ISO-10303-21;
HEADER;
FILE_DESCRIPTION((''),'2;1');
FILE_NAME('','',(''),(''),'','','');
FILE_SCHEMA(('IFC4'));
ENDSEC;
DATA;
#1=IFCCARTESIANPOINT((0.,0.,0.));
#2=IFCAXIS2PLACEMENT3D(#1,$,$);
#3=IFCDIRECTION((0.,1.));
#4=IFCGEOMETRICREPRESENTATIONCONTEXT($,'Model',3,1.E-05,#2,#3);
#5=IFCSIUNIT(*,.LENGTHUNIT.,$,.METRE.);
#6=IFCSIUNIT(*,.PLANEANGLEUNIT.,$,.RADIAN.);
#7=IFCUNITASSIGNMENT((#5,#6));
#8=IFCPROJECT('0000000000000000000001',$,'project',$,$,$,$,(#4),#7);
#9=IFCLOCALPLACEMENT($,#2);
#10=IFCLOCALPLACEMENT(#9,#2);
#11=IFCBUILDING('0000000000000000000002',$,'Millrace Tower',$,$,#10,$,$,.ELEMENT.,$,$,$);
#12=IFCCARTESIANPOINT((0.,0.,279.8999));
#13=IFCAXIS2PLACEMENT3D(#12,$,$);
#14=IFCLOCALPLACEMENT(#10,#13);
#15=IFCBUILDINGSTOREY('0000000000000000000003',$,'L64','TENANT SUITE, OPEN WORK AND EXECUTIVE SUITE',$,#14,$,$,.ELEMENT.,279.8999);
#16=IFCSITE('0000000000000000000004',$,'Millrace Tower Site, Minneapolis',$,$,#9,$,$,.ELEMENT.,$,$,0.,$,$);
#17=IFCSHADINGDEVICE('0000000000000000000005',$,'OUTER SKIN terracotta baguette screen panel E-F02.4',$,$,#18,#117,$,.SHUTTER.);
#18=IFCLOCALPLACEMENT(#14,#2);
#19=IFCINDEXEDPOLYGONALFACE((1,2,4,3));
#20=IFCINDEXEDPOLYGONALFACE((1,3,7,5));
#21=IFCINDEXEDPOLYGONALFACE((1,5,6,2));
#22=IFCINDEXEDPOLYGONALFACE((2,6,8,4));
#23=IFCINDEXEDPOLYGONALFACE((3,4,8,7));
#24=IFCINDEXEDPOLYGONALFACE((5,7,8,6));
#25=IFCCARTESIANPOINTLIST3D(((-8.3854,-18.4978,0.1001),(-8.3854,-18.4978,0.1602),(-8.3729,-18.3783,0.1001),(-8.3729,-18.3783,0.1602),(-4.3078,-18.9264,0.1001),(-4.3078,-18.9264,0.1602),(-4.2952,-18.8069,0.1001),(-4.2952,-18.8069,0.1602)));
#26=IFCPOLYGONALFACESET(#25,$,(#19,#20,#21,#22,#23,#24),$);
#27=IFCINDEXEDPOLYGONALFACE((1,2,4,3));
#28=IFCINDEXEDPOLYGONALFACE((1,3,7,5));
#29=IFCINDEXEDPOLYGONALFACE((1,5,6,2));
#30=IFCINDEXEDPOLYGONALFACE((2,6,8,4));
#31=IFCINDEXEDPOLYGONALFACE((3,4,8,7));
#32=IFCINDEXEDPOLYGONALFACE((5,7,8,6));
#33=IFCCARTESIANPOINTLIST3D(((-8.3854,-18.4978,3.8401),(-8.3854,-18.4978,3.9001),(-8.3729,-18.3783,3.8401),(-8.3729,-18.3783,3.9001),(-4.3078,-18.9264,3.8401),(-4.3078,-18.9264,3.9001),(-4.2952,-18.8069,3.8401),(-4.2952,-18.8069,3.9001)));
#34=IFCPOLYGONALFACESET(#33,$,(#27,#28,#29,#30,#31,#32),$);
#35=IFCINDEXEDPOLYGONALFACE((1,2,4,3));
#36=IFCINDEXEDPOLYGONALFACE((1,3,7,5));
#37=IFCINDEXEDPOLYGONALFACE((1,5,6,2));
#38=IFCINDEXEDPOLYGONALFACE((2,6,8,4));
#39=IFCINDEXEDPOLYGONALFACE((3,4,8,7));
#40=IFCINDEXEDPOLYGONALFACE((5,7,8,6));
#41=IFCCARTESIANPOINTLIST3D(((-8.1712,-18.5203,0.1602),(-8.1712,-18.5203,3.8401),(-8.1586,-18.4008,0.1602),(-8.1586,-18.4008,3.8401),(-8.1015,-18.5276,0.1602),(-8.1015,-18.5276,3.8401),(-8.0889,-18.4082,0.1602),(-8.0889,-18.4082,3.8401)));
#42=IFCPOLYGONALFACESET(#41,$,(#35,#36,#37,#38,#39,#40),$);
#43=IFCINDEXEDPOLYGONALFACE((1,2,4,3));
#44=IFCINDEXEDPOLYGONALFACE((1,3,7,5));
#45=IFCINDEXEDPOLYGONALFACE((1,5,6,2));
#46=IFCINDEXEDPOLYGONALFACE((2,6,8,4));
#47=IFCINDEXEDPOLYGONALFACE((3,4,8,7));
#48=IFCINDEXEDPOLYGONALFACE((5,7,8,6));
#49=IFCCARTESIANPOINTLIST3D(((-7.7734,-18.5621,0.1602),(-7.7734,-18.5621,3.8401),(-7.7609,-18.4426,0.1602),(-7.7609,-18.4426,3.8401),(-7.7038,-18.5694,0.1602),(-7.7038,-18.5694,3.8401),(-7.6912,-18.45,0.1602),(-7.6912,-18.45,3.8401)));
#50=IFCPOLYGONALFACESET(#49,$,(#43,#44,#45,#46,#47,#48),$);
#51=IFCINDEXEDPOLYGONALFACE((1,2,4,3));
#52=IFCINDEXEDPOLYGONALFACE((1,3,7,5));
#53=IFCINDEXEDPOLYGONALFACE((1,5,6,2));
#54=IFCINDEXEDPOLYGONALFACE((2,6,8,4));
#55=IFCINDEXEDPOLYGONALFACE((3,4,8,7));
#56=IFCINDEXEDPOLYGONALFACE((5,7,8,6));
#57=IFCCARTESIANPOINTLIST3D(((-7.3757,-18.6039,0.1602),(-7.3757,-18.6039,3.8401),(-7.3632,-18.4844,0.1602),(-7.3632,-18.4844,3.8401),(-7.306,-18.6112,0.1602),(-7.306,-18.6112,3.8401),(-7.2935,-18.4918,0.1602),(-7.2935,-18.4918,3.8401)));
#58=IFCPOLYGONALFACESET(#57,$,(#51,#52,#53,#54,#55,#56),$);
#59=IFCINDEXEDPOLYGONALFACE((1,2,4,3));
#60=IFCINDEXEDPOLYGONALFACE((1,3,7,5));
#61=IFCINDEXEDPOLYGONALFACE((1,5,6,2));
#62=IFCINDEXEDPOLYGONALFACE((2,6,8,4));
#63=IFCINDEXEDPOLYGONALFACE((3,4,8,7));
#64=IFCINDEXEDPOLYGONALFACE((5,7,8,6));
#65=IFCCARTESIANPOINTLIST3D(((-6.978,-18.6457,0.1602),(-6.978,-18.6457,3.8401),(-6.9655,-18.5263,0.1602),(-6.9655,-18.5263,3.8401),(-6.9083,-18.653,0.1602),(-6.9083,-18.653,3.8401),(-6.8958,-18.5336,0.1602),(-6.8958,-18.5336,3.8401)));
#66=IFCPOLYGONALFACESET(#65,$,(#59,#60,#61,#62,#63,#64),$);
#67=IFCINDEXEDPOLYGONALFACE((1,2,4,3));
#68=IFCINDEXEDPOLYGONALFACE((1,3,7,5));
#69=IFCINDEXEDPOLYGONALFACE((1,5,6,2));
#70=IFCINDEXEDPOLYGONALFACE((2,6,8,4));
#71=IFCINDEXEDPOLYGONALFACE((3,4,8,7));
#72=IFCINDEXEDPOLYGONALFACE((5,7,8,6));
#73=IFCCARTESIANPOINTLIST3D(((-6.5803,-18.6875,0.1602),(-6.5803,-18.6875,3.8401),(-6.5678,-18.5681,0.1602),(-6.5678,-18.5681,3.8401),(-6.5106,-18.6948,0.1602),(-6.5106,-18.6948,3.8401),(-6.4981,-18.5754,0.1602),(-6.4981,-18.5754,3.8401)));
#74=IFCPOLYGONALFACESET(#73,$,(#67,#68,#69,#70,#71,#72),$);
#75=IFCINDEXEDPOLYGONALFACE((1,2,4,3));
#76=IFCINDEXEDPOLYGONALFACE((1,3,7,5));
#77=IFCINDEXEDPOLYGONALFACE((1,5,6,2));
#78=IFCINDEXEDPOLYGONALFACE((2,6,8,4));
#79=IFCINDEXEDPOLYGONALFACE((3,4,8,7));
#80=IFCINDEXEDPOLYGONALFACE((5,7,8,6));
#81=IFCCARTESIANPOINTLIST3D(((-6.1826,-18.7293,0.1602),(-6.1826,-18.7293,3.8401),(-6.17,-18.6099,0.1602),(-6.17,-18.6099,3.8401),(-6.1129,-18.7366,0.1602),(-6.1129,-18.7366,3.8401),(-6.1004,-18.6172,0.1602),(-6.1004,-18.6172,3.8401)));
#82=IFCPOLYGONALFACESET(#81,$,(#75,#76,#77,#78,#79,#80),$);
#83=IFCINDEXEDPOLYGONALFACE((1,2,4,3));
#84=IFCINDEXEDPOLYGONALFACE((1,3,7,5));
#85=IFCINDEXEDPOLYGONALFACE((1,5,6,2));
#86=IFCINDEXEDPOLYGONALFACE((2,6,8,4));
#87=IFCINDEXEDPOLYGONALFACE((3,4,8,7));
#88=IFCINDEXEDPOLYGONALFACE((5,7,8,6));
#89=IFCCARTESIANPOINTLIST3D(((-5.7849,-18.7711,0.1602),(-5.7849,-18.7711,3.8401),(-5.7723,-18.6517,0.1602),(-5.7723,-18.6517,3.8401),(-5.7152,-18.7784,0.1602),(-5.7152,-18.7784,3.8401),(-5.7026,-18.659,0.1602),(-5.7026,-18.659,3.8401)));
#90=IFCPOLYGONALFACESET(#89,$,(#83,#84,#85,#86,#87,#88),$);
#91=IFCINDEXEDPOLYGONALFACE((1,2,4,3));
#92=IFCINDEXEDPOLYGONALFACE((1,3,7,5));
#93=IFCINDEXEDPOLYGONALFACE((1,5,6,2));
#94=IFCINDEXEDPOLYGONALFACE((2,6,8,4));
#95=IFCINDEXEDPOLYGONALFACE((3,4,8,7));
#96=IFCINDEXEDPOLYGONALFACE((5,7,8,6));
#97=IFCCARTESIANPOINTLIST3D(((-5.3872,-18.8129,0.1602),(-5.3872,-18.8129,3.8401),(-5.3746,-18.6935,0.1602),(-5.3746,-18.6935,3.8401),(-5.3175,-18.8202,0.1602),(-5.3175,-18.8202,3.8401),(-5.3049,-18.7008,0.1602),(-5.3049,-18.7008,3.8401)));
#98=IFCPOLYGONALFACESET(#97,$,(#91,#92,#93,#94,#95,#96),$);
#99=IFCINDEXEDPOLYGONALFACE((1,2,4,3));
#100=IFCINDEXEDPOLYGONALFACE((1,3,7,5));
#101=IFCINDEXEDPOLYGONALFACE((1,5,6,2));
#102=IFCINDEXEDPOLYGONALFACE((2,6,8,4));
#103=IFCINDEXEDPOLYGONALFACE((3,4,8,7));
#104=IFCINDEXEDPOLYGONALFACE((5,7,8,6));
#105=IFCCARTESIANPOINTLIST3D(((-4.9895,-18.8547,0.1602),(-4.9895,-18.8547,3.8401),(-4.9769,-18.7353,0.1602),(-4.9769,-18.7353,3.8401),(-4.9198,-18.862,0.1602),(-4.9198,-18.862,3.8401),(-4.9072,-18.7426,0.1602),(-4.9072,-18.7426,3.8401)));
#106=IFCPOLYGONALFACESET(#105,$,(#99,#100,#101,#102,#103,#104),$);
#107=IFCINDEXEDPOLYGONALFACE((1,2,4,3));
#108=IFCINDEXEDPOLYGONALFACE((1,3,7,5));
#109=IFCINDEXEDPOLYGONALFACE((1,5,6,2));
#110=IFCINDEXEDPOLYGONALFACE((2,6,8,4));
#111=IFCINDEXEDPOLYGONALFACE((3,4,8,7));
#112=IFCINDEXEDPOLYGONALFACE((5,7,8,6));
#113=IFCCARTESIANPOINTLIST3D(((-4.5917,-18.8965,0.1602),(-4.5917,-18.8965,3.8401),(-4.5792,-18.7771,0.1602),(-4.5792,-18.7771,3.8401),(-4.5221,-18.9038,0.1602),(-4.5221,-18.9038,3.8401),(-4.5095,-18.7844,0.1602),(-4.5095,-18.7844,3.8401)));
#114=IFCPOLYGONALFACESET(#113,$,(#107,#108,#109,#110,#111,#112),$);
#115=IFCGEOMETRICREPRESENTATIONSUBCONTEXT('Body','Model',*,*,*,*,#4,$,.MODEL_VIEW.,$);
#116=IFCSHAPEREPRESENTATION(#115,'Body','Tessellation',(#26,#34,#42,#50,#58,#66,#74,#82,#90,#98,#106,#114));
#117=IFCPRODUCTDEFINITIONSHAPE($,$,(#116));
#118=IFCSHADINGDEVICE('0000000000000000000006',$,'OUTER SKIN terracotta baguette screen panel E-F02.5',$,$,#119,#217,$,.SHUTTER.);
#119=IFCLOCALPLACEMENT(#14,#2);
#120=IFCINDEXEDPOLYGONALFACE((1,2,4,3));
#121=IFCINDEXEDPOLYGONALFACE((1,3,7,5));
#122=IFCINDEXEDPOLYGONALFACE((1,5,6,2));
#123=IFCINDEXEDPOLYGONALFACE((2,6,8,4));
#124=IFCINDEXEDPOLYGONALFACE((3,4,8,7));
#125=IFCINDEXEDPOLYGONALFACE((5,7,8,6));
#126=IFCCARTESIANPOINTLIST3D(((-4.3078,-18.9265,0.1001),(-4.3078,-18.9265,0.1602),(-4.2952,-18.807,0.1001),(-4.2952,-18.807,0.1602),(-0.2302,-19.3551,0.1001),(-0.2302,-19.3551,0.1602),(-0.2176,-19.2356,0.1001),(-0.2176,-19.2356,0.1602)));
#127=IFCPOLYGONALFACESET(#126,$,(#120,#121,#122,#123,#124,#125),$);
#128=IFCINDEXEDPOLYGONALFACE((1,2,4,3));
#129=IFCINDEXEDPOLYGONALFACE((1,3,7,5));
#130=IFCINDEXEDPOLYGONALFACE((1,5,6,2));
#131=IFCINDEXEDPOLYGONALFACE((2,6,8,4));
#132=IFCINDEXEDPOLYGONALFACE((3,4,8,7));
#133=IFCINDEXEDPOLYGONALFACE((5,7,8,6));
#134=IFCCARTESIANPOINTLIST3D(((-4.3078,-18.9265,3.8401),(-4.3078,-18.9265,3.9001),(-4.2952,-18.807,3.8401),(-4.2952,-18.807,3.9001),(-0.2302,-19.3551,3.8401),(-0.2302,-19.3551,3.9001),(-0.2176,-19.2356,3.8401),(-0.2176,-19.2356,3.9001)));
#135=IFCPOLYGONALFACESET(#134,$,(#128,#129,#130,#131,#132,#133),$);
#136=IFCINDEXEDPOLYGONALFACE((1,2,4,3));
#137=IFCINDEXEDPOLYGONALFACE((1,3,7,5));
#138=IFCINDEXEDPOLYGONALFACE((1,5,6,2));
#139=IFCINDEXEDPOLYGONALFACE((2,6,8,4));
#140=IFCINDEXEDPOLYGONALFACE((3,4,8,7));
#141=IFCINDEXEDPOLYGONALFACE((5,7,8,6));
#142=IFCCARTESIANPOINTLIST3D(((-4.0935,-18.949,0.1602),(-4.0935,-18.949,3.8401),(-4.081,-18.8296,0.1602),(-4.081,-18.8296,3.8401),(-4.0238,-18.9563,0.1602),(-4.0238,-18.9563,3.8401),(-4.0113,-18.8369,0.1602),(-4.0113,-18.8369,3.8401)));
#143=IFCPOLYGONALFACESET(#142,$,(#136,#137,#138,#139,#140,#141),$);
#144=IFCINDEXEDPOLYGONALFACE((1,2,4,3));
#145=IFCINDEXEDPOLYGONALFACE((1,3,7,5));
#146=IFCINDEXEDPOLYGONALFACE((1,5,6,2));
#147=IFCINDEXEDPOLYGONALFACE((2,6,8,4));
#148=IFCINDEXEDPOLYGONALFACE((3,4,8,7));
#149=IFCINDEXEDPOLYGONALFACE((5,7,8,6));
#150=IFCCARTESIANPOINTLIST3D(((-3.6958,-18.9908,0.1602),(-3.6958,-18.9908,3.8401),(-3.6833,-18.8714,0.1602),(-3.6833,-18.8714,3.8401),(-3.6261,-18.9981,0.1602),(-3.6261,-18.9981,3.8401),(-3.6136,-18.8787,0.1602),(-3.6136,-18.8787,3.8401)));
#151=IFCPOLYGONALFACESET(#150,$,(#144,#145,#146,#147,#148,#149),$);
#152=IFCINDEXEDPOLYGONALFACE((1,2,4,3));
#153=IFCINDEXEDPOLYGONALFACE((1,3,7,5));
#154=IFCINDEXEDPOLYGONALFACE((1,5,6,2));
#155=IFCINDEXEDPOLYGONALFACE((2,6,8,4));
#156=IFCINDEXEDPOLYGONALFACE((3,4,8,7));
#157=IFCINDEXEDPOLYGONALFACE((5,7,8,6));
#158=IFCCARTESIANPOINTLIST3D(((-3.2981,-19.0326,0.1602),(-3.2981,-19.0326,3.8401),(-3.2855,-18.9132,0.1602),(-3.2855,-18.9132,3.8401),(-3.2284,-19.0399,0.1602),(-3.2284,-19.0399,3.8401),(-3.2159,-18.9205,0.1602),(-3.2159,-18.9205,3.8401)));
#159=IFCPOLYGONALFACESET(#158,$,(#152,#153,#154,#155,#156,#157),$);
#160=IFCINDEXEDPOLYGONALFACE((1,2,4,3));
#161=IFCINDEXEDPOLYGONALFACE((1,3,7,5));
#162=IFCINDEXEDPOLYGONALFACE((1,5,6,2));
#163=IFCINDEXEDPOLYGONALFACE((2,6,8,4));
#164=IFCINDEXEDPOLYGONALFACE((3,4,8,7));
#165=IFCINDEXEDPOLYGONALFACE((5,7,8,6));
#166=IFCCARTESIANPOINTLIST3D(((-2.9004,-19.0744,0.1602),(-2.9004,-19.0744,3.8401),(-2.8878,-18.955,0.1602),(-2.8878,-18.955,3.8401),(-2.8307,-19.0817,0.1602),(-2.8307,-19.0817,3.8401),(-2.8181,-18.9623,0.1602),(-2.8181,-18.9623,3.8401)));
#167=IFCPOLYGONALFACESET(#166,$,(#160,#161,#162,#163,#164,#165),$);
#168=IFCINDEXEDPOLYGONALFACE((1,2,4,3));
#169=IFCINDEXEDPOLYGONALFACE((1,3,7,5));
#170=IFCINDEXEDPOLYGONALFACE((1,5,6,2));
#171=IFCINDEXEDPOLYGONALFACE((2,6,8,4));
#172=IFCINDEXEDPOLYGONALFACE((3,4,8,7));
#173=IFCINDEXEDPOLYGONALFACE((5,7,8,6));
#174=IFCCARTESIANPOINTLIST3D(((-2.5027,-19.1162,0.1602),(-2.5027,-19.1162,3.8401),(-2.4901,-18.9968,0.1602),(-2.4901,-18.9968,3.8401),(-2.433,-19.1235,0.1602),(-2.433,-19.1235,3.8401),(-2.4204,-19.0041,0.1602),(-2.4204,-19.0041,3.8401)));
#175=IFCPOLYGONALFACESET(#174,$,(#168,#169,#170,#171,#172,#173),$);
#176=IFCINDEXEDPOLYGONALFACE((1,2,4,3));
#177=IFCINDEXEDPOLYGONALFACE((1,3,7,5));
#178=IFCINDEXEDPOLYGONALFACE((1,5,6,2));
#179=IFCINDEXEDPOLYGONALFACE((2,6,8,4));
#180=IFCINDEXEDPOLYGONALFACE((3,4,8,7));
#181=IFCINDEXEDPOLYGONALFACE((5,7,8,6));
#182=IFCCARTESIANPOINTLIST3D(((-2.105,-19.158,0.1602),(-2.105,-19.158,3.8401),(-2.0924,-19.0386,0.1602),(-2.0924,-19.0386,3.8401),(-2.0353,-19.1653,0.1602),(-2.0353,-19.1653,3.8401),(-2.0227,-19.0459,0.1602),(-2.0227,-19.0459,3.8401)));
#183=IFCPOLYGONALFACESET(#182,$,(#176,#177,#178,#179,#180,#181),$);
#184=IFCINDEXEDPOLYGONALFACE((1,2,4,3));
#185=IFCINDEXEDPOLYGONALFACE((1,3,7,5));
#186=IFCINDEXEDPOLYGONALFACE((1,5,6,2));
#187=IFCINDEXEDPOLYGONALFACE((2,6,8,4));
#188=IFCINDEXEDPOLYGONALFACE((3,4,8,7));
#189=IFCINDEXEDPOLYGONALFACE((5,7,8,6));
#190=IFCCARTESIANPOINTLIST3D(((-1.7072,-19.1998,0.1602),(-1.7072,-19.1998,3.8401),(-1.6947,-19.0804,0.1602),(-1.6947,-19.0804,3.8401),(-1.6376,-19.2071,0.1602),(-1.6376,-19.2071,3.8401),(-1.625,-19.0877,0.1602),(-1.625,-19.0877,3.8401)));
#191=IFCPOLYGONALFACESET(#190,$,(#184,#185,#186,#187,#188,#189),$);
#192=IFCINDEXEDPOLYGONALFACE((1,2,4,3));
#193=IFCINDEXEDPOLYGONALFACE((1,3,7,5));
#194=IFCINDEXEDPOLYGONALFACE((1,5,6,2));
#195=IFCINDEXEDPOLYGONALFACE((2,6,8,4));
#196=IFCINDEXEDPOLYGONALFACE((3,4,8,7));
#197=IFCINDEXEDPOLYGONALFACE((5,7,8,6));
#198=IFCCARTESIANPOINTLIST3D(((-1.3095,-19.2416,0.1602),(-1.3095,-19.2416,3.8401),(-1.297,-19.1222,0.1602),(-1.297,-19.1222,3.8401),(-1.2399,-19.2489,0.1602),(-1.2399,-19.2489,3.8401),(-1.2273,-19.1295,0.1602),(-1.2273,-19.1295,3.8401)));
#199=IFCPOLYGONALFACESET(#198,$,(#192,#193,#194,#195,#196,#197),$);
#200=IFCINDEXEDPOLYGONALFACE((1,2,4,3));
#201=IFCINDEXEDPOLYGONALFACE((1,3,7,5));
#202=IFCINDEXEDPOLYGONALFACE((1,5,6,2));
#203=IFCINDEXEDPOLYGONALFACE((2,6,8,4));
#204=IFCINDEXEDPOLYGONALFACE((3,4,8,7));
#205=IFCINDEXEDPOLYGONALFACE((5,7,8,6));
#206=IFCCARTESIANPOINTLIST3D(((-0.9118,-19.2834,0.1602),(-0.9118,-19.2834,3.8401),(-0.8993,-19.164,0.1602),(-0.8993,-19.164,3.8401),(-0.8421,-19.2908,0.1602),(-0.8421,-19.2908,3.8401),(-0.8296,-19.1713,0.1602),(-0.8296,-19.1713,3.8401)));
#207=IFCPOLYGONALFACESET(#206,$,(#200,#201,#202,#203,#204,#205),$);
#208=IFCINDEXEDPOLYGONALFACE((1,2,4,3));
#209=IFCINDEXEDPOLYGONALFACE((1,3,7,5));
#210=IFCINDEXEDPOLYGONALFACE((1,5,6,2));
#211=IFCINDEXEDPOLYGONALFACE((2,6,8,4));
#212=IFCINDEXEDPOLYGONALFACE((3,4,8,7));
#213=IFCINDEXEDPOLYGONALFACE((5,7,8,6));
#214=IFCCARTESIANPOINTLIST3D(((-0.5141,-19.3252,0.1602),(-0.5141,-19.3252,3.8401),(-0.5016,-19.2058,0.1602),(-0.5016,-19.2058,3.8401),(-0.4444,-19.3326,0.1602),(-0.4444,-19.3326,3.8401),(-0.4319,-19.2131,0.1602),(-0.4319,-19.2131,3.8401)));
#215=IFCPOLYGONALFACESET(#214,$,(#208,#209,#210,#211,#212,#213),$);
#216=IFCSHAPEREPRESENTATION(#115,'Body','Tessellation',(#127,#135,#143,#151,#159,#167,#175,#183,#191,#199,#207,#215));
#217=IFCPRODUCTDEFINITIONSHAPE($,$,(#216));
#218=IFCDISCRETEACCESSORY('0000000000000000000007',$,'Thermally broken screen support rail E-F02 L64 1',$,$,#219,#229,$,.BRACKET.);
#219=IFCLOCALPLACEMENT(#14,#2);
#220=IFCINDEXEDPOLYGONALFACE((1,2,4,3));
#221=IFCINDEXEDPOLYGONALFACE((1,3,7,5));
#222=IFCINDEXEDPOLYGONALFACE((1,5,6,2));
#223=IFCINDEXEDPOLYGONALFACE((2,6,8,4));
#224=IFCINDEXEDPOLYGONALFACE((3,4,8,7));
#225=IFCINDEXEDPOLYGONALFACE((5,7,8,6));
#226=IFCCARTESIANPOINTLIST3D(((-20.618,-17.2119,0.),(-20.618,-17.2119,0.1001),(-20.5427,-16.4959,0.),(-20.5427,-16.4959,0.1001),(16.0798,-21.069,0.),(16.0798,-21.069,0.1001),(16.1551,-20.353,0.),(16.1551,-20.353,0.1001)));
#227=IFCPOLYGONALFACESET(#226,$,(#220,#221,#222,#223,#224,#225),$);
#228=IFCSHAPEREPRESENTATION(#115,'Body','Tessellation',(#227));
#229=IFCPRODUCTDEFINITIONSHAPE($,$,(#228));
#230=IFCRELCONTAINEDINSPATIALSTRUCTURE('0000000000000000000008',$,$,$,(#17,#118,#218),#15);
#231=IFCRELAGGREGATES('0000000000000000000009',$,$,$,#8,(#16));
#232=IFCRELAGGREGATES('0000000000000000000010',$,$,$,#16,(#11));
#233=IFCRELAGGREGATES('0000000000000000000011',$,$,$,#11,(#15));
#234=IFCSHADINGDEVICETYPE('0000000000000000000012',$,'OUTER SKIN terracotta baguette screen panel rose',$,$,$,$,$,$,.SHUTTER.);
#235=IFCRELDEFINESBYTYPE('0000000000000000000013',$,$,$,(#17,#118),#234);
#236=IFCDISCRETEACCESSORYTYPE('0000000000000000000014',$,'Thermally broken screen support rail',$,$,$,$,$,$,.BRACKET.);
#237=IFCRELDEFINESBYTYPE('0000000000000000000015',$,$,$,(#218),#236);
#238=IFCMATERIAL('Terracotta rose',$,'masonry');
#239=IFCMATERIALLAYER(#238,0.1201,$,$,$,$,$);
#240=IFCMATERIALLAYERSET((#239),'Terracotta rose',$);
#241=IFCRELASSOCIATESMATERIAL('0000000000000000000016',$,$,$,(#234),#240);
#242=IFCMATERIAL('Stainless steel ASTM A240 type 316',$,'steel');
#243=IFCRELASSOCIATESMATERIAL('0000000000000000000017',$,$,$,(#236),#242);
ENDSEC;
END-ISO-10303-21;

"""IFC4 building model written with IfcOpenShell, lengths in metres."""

from ifc_helpers import new_model, entity, si_unit, direction, frame, frame_2d, origin, origin_2d, place, context, subcontext, project, spatial, rectangle, extrude, source, transform, mapped, material, layer, layer_set, type_object, element, save


model = new_model("IFC4")

# Units and contexts
model_context = context("Model", 3, precision=1e-05, world=origin(), true_north=direction((0.0, 1.0)))
body_context = subcontext(model_context, "Body", "Model", "MODEL_VIEW")
ifc_project = project(units=[si_unit("LENGTHUNIT", "METRE"), si_unit("PLANEANGLEUNIT", "RADIAN")], contexts=[model_context])

# Site, building, storey
site_placement = place(None, origin())
site = spatial("IfcSite", under=ifc_project, at=site_placement, Name="Millrace Tower Site, Minneapolis", CompositionType="ELEMENT", RefElevation=0.0)
building_placement = place(site_placement, origin())
building = spatial("IfcBuilding", under=site, at=building_placement, Name="Millrace Tower", CompositionType="ELEMENT")
storey_placement = place(building_placement, frame((0.0, 0.0, 279.8999)))
storey = spatial("IfcBuildingStorey", under=building, at=storey_placement, Name="L64", Description="TENANT SUITE, OPEN WORK AND EXECUTIVE SUITE", CompositionType="ELEMENT", Elevation=279.8999)

# Shading devices
ifc_material_1 = material(Name="Terracotta rose", Category="masonry")
ifc_layer_1 = layer(ifc_material_1, 0.1201)
ifc_layer_set_1 = layer_set([ifc_layer_1], Name="Terracotta rose")
shading_device_type = type_object("IfcShadingDeviceType", Name="OUTER SKIN terracotta baguette screen panel rose", PredefinedType="SHUTTER", material=ifc_layer_set_1)
cartesian_point = entity("IfcCartesianPoint", [-2.05, 0.0601])
shared_polyline = entity("IfcPolyline", [cartesian_point, entity("IfcCartesianPoint", [2.05, 0.0601]), entity("IfcCartesianPoint", [2.05, -0.0601]), entity("IfcCartesianPoint", [-2.05, -0.0601]), cartesian_point])
shared_shape = source(origin(), body_context, "Body", "SweptSolid", [
    entity("IfcExtrudedAreaSolid", entity("IfcArbitraryClosedProfileDef", "AREA", None, shared_polyline), entity("IfcAxis2Placement3D", entity("IfcCartesianPoint", [0.0, 0.0, 0.0])), entity("IfcDirection", [0.0, 0.0, 1.0]), 0.0601),
    entity("IfcExtrudedAreaSolid", entity("IfcArbitraryClosedProfileDef", "AREA", None, shared_polyline), entity("IfcAxis2Placement3D", entity("IfcCartesianPoint", [0.0, 0.0, 3.74])), entity("IfcDirection", [0.0, 0.0, 1.0]), 0.0601),
    extrude(rectangle(XDim=0.0701, YDim=0.1201, at=frame_2d((-1.7996, 0.0))), frame((0.0, 0.0, 0.0601)), (0.0, 0.0, 1.0), 3.6799),
    extrude(rectangle(XDim=0.0701, YDim=0.1201, at=frame_2d((-1.3997, 0.0))), frame((0.0, 0.0, 0.0601)), (0.0, 0.0, 1.0), 3.6799),
    extrude(rectangle(XDim=0.0701, YDim=0.1201, at=frame_2d((-0.9998, 0.0))), frame((0.0, 0.0, 0.0601)), (0.0, 0.0, 1.0), 3.6799),
    extrude(rectangle(XDim=0.0701, YDim=0.1201, at=frame_2d((-0.5999, 0.0))), frame((0.0, 0.0, 0.0601)), (0.0, 0.0, 1.0), 3.6799),
    extrude(rectangle(XDim=0.0701, YDim=0.1201, at=frame_2d((-0.2, 0.0))), frame((0.0, 0.0, 0.0601)), (0.0, 0.0, 1.0), 3.6799),
    extrude(rectangle(XDim=0.0701, YDim=0.1201, at=frame_2d((0.2, 0.0))), frame((0.0, 0.0, 0.0601)), (0.0, 0.0, 1.0), 3.6799),
    extrude(rectangle(XDim=0.0701, YDim=0.1201, at=frame_2d((0.5999, 0.0))), frame((0.0, 0.0, 0.0601)), (0.0, 0.0, 1.0), 3.6799),
    extrude(rectangle(XDim=0.0701, YDim=0.1201, at=frame_2d((0.9998, 0.0))), frame((0.0, 0.0, 0.0601)), (0.0, 0.0, 1.0), 3.6799),
    extrude(rectangle(XDim=0.0701, YDim=0.1201, at=frame_2d((1.3997, 0.0))), frame((0.0, 0.0, 0.0601)), (0.0, 0.0, 1.0), 3.6799),
    extrude(rectangle(XDim=0.0701, YDim=0.1201, at=frame_2d((1.7996, 0.0))), frame((0.0, 0.0, 0.0601)), (0.0, 0.0, 1.0), 3.6799),
])
for number, where, z_axis, x_axis, name in (
    (1, (-6.3403, -18.6523, 0.1001), (0.0, 0.0, 1.0), (0.994522, -0.104528, 0.0), "OUTER SKIN terracotta baguette screen panel E-F02.4"),
    (2, (-2.2627, -19.0811, 0.1001), (0.0, 0.0, 1.0), (0.994522, -0.104528, 0.0), "OUTER SKIN terracotta baguette screen panel E-F02.5"),
):
    element("IfcShadingDevice", number, at=place(storey_placement, frame(where, z_axis=z_axis, x_axis=x_axis)), inside=storey, type_object=shading_device_type, Name=name, PredefinedType="SHUTTER", context=body_context, shape_type="MappedRepresentation", body=[
        mapped(shared_shape, transform((0.0, 0.0, 0.0), scale=1.0)),
    ])

# Discrete accessory
ifc_material_2 = material(Name="Stainless steel ASTM A240 type 316", Category="steel")
discrete_accessory_type = type_object("IfcDiscreteAccessoryType", Name="Thermally broken screen support rail", PredefinedType="BRACKET", material=ifc_material_2)
discrete_accessory_placement = place(storey_placement, frame((-2.2314, -18.7825, 0.0), z_axis=(0.0, 0.0, 1.0), x_axis=(0.994522, -0.104528, 0.0)))
element("IfcDiscreteAccessory", 3, at=discrete_accessory_placement, inside=storey, type_object=discrete_accessory_type, Name="Thermally broken screen support rail E-F02 L64 1", PredefinedType="BRACKET", context=body_context, shape_type="SweptSolid", body=[
    extrude(rectangle(XDim=36.8999, YDim=0.72, at=origin_2d()), origin(), (0.0, 0.0, 1.0), 0.1001),
])

save(model, "model.ifc")
